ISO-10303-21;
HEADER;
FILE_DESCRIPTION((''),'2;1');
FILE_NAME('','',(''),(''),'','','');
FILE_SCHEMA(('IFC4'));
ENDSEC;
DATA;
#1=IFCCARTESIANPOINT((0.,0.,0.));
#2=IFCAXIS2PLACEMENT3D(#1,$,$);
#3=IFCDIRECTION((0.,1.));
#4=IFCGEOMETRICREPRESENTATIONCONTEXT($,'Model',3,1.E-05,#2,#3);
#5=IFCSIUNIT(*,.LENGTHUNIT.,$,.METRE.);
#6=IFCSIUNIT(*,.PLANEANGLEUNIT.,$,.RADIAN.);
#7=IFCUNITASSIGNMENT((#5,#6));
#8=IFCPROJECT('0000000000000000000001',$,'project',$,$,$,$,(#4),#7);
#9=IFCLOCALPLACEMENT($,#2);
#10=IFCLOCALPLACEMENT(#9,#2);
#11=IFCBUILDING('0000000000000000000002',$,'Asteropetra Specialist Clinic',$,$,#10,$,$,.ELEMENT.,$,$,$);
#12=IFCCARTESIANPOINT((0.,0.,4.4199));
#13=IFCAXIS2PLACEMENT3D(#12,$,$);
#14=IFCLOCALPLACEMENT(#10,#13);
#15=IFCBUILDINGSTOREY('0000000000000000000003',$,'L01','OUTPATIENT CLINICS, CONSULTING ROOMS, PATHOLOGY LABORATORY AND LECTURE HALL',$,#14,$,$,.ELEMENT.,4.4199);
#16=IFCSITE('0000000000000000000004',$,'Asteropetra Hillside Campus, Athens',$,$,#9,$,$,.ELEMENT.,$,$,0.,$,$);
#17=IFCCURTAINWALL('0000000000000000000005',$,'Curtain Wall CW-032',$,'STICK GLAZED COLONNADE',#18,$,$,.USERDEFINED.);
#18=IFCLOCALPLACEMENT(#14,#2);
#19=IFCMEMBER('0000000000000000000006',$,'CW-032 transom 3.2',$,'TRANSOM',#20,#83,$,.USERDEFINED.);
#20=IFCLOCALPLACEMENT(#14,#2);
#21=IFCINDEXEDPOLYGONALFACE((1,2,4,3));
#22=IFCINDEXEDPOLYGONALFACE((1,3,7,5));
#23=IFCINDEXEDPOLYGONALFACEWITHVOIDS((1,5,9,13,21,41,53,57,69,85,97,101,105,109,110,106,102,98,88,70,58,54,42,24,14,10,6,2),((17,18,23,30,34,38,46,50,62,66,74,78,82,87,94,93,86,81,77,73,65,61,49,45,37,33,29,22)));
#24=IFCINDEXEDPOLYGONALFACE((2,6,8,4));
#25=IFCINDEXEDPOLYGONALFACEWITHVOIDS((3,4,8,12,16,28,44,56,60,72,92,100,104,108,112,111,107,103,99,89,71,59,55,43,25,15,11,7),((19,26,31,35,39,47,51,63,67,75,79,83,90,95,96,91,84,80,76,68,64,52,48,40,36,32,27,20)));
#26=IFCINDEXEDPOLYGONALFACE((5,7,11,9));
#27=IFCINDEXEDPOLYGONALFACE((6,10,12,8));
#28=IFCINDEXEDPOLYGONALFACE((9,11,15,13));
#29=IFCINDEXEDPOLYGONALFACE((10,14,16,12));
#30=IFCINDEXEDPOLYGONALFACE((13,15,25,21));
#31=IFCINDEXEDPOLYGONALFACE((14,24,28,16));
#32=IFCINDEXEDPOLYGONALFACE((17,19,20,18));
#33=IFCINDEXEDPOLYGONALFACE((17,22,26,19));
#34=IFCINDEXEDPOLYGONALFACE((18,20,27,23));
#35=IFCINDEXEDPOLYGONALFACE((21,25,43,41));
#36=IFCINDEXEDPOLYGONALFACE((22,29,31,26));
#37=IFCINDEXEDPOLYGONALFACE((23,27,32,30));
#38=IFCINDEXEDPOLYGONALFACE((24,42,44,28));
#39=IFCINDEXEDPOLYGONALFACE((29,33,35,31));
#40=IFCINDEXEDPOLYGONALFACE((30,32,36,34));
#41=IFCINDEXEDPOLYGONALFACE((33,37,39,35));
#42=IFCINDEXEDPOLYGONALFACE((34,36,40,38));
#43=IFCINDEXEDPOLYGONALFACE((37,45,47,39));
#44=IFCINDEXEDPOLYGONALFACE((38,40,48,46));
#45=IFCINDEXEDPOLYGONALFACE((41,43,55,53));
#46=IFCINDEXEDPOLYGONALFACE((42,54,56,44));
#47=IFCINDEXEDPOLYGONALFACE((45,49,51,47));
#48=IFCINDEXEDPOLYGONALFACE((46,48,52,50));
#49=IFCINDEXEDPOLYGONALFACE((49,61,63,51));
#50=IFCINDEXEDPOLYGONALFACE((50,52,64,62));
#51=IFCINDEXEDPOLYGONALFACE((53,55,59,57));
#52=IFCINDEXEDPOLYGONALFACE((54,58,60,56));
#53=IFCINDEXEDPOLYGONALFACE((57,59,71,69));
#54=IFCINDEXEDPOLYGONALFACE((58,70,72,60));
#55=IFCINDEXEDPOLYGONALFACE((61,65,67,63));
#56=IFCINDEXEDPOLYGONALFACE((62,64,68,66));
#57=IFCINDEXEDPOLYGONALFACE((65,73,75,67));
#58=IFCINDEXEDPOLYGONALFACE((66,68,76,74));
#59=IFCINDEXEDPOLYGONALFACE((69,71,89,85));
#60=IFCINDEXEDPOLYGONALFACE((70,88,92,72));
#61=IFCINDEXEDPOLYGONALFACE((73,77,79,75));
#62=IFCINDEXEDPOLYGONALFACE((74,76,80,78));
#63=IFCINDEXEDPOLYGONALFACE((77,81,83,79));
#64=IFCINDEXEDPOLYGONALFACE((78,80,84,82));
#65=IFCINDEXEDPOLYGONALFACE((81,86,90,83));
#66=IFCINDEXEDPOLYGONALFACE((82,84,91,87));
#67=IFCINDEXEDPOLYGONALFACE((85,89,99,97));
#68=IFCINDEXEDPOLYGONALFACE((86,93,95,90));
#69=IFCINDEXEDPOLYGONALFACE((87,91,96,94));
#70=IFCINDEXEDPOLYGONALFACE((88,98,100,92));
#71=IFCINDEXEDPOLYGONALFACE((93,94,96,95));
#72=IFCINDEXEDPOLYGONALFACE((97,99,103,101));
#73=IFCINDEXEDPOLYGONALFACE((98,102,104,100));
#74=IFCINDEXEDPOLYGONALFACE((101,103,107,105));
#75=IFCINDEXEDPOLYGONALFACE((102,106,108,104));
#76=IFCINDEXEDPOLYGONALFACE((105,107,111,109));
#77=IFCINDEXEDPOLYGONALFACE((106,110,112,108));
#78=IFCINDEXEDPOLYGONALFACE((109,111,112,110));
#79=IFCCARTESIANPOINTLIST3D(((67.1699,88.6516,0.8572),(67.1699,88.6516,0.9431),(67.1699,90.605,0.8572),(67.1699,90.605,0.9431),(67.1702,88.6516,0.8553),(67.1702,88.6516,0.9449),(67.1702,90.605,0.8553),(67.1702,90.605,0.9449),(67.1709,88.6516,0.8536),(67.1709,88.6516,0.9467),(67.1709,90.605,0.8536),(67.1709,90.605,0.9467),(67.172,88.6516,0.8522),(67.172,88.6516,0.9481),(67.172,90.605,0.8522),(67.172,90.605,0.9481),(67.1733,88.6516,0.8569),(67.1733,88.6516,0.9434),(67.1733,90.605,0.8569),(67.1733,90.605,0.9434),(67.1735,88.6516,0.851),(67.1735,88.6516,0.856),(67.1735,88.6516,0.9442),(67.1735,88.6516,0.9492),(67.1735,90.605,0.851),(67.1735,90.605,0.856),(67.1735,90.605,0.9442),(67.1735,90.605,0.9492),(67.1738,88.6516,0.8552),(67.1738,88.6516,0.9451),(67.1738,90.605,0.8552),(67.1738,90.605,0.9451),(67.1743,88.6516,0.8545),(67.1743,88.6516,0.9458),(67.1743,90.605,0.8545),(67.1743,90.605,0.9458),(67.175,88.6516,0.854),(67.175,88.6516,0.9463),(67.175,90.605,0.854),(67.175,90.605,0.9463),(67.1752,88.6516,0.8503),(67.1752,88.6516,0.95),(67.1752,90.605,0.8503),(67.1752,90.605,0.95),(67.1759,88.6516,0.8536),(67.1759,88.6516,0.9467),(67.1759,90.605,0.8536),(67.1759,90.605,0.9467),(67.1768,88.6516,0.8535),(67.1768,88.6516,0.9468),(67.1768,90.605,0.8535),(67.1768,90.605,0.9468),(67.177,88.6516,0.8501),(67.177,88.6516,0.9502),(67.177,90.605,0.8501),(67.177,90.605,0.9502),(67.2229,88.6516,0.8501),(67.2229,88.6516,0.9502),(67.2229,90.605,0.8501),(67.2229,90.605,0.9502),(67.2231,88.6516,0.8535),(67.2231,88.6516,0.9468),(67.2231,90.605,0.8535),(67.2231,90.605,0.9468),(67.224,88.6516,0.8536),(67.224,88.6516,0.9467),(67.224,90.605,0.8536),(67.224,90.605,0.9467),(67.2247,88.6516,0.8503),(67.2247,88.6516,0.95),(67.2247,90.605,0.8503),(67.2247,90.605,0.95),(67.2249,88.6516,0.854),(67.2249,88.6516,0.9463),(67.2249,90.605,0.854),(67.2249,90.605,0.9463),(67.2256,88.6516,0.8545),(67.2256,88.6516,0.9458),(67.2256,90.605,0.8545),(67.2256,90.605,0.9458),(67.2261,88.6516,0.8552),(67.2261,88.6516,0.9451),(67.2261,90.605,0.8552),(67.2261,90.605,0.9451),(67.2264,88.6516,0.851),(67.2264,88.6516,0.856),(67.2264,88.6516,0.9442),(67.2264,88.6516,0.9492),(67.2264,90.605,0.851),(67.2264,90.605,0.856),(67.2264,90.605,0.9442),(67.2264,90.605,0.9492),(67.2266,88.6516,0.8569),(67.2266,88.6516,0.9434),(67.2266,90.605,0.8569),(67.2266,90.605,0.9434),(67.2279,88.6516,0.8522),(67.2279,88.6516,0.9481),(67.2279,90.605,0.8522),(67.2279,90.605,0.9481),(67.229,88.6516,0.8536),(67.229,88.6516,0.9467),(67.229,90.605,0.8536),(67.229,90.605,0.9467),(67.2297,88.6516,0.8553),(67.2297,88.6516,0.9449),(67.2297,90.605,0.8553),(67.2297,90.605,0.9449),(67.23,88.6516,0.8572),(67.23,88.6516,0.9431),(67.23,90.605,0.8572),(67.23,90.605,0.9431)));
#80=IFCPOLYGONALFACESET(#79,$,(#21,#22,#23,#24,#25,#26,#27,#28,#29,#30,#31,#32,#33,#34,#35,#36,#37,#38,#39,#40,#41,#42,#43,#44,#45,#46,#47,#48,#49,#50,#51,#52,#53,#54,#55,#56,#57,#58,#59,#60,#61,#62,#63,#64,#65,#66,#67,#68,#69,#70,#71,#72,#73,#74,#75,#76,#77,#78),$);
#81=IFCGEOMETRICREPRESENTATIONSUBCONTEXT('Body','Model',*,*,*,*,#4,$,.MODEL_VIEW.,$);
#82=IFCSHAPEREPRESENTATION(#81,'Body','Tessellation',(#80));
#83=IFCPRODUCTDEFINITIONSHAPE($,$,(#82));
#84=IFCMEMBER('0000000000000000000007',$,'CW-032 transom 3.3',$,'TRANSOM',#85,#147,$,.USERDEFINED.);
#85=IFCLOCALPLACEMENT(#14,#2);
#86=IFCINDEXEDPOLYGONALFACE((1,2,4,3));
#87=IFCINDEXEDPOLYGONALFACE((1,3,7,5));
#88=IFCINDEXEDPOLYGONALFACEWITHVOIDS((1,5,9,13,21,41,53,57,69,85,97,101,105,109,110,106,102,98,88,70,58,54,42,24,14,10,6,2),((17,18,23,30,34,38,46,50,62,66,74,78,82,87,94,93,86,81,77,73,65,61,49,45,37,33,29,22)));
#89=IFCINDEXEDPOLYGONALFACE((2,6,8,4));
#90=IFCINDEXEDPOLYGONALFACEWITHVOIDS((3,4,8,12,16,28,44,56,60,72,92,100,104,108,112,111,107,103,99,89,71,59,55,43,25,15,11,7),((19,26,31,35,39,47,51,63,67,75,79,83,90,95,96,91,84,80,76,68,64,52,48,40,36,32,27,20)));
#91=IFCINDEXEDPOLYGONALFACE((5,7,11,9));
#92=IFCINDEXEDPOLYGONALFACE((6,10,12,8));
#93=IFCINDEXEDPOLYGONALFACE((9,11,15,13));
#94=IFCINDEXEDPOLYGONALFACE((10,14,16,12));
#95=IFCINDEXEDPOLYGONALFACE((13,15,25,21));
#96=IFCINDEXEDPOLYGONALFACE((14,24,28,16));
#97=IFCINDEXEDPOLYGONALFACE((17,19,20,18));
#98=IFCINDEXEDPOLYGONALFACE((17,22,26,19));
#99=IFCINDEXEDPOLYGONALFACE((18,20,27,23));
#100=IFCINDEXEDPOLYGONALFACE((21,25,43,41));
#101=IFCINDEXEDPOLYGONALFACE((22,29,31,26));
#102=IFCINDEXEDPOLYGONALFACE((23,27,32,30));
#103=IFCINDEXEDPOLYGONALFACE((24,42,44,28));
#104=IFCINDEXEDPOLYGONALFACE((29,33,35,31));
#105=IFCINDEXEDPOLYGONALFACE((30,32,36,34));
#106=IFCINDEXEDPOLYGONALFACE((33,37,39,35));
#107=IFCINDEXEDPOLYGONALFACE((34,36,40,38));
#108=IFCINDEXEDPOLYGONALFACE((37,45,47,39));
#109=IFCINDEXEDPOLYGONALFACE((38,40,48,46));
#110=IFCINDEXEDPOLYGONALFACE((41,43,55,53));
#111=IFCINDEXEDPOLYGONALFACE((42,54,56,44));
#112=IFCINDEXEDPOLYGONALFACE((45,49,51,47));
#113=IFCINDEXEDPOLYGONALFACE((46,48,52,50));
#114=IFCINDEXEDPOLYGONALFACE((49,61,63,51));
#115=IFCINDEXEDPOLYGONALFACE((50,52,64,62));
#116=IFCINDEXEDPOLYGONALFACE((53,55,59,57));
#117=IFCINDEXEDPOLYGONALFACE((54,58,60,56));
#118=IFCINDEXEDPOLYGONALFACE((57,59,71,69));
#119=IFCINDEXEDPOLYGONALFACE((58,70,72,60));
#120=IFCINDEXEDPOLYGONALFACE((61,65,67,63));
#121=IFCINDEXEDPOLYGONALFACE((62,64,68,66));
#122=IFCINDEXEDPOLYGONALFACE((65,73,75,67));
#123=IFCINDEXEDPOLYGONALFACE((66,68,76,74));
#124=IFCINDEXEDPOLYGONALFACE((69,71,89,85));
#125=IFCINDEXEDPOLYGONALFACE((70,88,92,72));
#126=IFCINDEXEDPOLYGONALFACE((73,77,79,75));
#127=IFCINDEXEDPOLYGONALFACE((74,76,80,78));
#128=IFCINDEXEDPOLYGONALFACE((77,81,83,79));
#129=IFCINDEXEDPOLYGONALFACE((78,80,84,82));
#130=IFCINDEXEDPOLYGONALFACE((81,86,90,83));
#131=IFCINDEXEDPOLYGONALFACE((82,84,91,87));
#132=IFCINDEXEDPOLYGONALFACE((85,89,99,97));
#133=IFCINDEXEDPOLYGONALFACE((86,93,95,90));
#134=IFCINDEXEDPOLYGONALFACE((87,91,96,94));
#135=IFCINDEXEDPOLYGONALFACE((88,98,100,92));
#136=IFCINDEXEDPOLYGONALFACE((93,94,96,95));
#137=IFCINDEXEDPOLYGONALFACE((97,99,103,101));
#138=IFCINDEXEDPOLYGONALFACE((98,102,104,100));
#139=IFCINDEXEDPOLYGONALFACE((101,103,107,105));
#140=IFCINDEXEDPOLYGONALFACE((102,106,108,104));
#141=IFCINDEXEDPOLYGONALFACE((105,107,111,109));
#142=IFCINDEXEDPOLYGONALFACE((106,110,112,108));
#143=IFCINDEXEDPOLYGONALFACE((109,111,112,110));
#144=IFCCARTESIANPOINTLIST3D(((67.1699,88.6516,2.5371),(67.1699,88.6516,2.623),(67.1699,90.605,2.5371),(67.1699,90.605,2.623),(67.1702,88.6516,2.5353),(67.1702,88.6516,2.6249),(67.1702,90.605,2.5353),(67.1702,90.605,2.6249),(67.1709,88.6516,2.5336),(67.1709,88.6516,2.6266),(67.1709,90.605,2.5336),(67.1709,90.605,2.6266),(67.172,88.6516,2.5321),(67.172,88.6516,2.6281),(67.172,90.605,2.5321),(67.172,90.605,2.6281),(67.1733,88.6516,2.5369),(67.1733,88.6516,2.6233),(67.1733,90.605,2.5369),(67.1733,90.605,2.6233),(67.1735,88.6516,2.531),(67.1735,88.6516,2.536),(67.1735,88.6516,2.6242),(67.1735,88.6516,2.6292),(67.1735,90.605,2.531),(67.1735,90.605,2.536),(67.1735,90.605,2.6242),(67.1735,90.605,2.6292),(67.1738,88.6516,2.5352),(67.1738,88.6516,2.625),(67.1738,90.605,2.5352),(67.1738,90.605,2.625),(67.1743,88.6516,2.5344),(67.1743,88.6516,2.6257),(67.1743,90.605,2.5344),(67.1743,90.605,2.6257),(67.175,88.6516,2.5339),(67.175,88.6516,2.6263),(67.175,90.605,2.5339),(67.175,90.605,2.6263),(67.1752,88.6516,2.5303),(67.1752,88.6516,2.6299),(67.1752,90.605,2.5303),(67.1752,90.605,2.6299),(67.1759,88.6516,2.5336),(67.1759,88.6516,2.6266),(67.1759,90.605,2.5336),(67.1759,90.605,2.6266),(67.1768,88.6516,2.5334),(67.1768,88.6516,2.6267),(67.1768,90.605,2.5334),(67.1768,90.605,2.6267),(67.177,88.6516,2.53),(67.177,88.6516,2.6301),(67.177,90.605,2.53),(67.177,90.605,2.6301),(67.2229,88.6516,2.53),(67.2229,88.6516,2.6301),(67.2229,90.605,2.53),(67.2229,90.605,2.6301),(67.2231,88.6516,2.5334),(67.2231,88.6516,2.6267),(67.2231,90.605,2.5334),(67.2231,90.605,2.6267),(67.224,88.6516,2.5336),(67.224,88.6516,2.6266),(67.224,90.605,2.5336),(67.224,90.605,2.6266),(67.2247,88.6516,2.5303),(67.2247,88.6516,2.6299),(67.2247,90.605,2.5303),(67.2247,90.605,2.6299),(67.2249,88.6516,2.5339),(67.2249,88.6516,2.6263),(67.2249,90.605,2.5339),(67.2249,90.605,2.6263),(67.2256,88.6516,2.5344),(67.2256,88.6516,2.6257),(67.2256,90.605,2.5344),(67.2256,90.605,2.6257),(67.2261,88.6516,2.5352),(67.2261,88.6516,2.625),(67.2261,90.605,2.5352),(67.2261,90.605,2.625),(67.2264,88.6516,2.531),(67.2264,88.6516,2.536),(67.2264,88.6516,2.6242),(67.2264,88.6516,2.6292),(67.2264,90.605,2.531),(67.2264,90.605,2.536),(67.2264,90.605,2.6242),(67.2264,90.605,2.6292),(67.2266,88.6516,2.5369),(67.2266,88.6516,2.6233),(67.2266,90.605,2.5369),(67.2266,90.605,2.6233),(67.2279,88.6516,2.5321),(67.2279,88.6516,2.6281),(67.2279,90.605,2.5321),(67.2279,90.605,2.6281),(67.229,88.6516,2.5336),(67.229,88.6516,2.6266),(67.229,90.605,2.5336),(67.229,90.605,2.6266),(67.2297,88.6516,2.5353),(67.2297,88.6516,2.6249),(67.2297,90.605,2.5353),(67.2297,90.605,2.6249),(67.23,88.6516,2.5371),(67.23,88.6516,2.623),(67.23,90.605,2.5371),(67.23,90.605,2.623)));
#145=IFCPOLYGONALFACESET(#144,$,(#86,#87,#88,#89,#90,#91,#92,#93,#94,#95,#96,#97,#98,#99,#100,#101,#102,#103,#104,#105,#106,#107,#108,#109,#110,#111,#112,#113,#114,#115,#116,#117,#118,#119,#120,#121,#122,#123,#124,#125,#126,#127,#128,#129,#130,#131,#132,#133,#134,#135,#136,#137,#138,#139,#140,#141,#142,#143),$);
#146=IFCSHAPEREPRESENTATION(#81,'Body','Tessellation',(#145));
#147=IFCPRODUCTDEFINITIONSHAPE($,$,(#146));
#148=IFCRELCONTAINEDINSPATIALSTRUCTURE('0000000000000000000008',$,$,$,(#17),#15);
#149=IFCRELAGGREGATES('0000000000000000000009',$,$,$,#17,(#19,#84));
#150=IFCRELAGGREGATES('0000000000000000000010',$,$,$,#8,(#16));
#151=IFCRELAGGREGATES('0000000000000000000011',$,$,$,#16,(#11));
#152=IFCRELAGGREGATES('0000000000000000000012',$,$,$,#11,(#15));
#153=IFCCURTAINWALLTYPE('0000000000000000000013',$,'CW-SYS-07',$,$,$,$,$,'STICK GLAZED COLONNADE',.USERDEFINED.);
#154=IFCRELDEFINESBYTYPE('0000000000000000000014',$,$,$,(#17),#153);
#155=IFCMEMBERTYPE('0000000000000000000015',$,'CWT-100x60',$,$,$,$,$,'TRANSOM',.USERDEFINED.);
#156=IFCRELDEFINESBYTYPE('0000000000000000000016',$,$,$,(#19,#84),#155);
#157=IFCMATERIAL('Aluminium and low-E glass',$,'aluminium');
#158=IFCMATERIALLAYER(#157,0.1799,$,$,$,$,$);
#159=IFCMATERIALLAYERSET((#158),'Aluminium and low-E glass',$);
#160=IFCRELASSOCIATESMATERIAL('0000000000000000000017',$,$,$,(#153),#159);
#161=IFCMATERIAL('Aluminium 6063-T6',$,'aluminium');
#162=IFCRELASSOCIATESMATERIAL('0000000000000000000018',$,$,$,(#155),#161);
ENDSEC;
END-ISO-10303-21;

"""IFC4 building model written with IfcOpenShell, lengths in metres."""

from ifc_helpers import new_model, si_unit, direction, frame, origin, origin_2d, place, context, subcontext, project, spatial, hollow_rectangle, extrude, material, layer, layer_set, material_profile, profile_set, type_object, element, aggregate, save


model = new_model("IFC4")

# Units and contexts
model_context = context("Model", 3, precision=1e-05, world=origin(), true_north=direction((0.0, 1.0)))
body_context = subcontext(model_context, "Body", "Model", "MODEL_VIEW")
ifc_project = project(units=[si_unit("LENGTHUNIT", "METRE"), si_unit("PLANEANGLEUNIT", "RADIAN")], contexts=[model_context])

# Site, building, storey
site_placement = place(None, origin())
site = spatial("IfcSite", under=ifc_project, at=site_placement, Name="Asteropetra Hillside Campus, Athens", CompositionType="ELEMENT", RefElevation=0.0)
building_placement = place(site_placement, origin())
building = spatial("IfcBuilding", under=site, at=building_placement, Name="Asteropetra Specialist Clinic", CompositionType="ELEMENT")
storey_placement = place(building_placement, frame((0.0, 0.0, 4.4199)))
storey = spatial("IfcBuildingStorey", under=building, at=storey_placement, Name="L01", Description="OUTPATIENT CLINICS, CONSULTING ROOMS, PATHOLOGY LABORATORY AND LECTURE HALL", CompositionType="ELEMENT", Elevation=4.4199)

# Curtain wall
ifc_material_1 = material(Name="Aluminium and low-E glass", Category="aluminium")
ifc_layer_1 = layer(ifc_material_1, 0.1799)
ifc_layer_set_1 = layer_set([ifc_layer_1], Name="Aluminium and low-E glass")
curtain_wall_type_1 = type_object("IfcCurtainWallType", Name="CW-SYS-07", ElementType="STICK GLAZED COLONNADE", PredefinedType="USERDEFINED", material=ifc_layer_set_1)
curtain_wall_1_placement = place(storey_placement, origin())
curtain_wall_1 = element("IfcCurtainWall", 1, at=curtain_wall_1_placement, inside=storey, type_object=curtain_wall_type_1, Name="Curtain Wall CW-032", ObjectType="STICK GLAZED COLONNADE", PredefinedType="USERDEFINED")

# Members
ifc_material_2 = material(Name="Aluminium 6063-T6", Category="aluminium")
ifc_material_profile_1 = material_profile(ifc_material_2, hollow_rectangle(XDim=0.0601, YDim=0.1001, WallThickness=0.0034, InnerFilletRadius=0.0034, OuterFilletRadius=0.0071, at=origin_2d()), Name="TRN 100x60x3.5")
ifc_profile_set_1 = profile_set([ifc_material_profile_1], Name="Aluminium 6063-T6")
member_type_1 = type_object("IfcMemberType", Name="CWT-100x60", ElementType="TRANSOM", PredefinedType="USERDEFINED", material=ifc_profile_set_1)
member_1_placement = place(storey_placement, frame((67.2, 88.6516, 0.9001), z_axis=(0.0, 1.0, 0.0), x_axis=(-1.0, 0.0, 0.0)))
member_1 = element("IfcMember", 2, at=member_1_placement, type_object=member_type_1, Name="CW-032 transom 3.2", ObjectType="TRANSOM", PredefinedType="USERDEFINED", context=body_context, shape_type="SweptSolid", body=[
    extrude(hollow_rectangle(XDim=0.0601, YDim=0.1001, WallThickness=0.0034, InnerFilletRadius=0.0034, OuterFilletRadius=0.0071, at=origin_2d()), origin(), (0.0, 0.0, 1.0), 1.9534),
])
member_2_placement = place(storey_placement, frame((67.2, 88.6516, 2.5801), z_axis=(0.0, 1.0, 0.0), x_axis=(-1.0, 0.0, 0.0)))
member_2 = element("IfcMember", 3, at=member_2_placement, type_object=member_type_1, Name="CW-032 transom 3.3", ObjectType="TRANSOM", PredefinedType="USERDEFINED", context=body_context, shape_type="SweptSolid", body=[
    extrude(hollow_rectangle(XDim=0.0601, YDim=0.1001, WallThickness=0.0034, InnerFilletRadius=0.0034, OuterFilletRadius=0.0071, at=origin_2d()), origin(), (0.0, 0.0, 1.0), 1.9534),
])

aggregate(curtain_wall_1, [member_1, member_2])

save(model, "model.ifc")
